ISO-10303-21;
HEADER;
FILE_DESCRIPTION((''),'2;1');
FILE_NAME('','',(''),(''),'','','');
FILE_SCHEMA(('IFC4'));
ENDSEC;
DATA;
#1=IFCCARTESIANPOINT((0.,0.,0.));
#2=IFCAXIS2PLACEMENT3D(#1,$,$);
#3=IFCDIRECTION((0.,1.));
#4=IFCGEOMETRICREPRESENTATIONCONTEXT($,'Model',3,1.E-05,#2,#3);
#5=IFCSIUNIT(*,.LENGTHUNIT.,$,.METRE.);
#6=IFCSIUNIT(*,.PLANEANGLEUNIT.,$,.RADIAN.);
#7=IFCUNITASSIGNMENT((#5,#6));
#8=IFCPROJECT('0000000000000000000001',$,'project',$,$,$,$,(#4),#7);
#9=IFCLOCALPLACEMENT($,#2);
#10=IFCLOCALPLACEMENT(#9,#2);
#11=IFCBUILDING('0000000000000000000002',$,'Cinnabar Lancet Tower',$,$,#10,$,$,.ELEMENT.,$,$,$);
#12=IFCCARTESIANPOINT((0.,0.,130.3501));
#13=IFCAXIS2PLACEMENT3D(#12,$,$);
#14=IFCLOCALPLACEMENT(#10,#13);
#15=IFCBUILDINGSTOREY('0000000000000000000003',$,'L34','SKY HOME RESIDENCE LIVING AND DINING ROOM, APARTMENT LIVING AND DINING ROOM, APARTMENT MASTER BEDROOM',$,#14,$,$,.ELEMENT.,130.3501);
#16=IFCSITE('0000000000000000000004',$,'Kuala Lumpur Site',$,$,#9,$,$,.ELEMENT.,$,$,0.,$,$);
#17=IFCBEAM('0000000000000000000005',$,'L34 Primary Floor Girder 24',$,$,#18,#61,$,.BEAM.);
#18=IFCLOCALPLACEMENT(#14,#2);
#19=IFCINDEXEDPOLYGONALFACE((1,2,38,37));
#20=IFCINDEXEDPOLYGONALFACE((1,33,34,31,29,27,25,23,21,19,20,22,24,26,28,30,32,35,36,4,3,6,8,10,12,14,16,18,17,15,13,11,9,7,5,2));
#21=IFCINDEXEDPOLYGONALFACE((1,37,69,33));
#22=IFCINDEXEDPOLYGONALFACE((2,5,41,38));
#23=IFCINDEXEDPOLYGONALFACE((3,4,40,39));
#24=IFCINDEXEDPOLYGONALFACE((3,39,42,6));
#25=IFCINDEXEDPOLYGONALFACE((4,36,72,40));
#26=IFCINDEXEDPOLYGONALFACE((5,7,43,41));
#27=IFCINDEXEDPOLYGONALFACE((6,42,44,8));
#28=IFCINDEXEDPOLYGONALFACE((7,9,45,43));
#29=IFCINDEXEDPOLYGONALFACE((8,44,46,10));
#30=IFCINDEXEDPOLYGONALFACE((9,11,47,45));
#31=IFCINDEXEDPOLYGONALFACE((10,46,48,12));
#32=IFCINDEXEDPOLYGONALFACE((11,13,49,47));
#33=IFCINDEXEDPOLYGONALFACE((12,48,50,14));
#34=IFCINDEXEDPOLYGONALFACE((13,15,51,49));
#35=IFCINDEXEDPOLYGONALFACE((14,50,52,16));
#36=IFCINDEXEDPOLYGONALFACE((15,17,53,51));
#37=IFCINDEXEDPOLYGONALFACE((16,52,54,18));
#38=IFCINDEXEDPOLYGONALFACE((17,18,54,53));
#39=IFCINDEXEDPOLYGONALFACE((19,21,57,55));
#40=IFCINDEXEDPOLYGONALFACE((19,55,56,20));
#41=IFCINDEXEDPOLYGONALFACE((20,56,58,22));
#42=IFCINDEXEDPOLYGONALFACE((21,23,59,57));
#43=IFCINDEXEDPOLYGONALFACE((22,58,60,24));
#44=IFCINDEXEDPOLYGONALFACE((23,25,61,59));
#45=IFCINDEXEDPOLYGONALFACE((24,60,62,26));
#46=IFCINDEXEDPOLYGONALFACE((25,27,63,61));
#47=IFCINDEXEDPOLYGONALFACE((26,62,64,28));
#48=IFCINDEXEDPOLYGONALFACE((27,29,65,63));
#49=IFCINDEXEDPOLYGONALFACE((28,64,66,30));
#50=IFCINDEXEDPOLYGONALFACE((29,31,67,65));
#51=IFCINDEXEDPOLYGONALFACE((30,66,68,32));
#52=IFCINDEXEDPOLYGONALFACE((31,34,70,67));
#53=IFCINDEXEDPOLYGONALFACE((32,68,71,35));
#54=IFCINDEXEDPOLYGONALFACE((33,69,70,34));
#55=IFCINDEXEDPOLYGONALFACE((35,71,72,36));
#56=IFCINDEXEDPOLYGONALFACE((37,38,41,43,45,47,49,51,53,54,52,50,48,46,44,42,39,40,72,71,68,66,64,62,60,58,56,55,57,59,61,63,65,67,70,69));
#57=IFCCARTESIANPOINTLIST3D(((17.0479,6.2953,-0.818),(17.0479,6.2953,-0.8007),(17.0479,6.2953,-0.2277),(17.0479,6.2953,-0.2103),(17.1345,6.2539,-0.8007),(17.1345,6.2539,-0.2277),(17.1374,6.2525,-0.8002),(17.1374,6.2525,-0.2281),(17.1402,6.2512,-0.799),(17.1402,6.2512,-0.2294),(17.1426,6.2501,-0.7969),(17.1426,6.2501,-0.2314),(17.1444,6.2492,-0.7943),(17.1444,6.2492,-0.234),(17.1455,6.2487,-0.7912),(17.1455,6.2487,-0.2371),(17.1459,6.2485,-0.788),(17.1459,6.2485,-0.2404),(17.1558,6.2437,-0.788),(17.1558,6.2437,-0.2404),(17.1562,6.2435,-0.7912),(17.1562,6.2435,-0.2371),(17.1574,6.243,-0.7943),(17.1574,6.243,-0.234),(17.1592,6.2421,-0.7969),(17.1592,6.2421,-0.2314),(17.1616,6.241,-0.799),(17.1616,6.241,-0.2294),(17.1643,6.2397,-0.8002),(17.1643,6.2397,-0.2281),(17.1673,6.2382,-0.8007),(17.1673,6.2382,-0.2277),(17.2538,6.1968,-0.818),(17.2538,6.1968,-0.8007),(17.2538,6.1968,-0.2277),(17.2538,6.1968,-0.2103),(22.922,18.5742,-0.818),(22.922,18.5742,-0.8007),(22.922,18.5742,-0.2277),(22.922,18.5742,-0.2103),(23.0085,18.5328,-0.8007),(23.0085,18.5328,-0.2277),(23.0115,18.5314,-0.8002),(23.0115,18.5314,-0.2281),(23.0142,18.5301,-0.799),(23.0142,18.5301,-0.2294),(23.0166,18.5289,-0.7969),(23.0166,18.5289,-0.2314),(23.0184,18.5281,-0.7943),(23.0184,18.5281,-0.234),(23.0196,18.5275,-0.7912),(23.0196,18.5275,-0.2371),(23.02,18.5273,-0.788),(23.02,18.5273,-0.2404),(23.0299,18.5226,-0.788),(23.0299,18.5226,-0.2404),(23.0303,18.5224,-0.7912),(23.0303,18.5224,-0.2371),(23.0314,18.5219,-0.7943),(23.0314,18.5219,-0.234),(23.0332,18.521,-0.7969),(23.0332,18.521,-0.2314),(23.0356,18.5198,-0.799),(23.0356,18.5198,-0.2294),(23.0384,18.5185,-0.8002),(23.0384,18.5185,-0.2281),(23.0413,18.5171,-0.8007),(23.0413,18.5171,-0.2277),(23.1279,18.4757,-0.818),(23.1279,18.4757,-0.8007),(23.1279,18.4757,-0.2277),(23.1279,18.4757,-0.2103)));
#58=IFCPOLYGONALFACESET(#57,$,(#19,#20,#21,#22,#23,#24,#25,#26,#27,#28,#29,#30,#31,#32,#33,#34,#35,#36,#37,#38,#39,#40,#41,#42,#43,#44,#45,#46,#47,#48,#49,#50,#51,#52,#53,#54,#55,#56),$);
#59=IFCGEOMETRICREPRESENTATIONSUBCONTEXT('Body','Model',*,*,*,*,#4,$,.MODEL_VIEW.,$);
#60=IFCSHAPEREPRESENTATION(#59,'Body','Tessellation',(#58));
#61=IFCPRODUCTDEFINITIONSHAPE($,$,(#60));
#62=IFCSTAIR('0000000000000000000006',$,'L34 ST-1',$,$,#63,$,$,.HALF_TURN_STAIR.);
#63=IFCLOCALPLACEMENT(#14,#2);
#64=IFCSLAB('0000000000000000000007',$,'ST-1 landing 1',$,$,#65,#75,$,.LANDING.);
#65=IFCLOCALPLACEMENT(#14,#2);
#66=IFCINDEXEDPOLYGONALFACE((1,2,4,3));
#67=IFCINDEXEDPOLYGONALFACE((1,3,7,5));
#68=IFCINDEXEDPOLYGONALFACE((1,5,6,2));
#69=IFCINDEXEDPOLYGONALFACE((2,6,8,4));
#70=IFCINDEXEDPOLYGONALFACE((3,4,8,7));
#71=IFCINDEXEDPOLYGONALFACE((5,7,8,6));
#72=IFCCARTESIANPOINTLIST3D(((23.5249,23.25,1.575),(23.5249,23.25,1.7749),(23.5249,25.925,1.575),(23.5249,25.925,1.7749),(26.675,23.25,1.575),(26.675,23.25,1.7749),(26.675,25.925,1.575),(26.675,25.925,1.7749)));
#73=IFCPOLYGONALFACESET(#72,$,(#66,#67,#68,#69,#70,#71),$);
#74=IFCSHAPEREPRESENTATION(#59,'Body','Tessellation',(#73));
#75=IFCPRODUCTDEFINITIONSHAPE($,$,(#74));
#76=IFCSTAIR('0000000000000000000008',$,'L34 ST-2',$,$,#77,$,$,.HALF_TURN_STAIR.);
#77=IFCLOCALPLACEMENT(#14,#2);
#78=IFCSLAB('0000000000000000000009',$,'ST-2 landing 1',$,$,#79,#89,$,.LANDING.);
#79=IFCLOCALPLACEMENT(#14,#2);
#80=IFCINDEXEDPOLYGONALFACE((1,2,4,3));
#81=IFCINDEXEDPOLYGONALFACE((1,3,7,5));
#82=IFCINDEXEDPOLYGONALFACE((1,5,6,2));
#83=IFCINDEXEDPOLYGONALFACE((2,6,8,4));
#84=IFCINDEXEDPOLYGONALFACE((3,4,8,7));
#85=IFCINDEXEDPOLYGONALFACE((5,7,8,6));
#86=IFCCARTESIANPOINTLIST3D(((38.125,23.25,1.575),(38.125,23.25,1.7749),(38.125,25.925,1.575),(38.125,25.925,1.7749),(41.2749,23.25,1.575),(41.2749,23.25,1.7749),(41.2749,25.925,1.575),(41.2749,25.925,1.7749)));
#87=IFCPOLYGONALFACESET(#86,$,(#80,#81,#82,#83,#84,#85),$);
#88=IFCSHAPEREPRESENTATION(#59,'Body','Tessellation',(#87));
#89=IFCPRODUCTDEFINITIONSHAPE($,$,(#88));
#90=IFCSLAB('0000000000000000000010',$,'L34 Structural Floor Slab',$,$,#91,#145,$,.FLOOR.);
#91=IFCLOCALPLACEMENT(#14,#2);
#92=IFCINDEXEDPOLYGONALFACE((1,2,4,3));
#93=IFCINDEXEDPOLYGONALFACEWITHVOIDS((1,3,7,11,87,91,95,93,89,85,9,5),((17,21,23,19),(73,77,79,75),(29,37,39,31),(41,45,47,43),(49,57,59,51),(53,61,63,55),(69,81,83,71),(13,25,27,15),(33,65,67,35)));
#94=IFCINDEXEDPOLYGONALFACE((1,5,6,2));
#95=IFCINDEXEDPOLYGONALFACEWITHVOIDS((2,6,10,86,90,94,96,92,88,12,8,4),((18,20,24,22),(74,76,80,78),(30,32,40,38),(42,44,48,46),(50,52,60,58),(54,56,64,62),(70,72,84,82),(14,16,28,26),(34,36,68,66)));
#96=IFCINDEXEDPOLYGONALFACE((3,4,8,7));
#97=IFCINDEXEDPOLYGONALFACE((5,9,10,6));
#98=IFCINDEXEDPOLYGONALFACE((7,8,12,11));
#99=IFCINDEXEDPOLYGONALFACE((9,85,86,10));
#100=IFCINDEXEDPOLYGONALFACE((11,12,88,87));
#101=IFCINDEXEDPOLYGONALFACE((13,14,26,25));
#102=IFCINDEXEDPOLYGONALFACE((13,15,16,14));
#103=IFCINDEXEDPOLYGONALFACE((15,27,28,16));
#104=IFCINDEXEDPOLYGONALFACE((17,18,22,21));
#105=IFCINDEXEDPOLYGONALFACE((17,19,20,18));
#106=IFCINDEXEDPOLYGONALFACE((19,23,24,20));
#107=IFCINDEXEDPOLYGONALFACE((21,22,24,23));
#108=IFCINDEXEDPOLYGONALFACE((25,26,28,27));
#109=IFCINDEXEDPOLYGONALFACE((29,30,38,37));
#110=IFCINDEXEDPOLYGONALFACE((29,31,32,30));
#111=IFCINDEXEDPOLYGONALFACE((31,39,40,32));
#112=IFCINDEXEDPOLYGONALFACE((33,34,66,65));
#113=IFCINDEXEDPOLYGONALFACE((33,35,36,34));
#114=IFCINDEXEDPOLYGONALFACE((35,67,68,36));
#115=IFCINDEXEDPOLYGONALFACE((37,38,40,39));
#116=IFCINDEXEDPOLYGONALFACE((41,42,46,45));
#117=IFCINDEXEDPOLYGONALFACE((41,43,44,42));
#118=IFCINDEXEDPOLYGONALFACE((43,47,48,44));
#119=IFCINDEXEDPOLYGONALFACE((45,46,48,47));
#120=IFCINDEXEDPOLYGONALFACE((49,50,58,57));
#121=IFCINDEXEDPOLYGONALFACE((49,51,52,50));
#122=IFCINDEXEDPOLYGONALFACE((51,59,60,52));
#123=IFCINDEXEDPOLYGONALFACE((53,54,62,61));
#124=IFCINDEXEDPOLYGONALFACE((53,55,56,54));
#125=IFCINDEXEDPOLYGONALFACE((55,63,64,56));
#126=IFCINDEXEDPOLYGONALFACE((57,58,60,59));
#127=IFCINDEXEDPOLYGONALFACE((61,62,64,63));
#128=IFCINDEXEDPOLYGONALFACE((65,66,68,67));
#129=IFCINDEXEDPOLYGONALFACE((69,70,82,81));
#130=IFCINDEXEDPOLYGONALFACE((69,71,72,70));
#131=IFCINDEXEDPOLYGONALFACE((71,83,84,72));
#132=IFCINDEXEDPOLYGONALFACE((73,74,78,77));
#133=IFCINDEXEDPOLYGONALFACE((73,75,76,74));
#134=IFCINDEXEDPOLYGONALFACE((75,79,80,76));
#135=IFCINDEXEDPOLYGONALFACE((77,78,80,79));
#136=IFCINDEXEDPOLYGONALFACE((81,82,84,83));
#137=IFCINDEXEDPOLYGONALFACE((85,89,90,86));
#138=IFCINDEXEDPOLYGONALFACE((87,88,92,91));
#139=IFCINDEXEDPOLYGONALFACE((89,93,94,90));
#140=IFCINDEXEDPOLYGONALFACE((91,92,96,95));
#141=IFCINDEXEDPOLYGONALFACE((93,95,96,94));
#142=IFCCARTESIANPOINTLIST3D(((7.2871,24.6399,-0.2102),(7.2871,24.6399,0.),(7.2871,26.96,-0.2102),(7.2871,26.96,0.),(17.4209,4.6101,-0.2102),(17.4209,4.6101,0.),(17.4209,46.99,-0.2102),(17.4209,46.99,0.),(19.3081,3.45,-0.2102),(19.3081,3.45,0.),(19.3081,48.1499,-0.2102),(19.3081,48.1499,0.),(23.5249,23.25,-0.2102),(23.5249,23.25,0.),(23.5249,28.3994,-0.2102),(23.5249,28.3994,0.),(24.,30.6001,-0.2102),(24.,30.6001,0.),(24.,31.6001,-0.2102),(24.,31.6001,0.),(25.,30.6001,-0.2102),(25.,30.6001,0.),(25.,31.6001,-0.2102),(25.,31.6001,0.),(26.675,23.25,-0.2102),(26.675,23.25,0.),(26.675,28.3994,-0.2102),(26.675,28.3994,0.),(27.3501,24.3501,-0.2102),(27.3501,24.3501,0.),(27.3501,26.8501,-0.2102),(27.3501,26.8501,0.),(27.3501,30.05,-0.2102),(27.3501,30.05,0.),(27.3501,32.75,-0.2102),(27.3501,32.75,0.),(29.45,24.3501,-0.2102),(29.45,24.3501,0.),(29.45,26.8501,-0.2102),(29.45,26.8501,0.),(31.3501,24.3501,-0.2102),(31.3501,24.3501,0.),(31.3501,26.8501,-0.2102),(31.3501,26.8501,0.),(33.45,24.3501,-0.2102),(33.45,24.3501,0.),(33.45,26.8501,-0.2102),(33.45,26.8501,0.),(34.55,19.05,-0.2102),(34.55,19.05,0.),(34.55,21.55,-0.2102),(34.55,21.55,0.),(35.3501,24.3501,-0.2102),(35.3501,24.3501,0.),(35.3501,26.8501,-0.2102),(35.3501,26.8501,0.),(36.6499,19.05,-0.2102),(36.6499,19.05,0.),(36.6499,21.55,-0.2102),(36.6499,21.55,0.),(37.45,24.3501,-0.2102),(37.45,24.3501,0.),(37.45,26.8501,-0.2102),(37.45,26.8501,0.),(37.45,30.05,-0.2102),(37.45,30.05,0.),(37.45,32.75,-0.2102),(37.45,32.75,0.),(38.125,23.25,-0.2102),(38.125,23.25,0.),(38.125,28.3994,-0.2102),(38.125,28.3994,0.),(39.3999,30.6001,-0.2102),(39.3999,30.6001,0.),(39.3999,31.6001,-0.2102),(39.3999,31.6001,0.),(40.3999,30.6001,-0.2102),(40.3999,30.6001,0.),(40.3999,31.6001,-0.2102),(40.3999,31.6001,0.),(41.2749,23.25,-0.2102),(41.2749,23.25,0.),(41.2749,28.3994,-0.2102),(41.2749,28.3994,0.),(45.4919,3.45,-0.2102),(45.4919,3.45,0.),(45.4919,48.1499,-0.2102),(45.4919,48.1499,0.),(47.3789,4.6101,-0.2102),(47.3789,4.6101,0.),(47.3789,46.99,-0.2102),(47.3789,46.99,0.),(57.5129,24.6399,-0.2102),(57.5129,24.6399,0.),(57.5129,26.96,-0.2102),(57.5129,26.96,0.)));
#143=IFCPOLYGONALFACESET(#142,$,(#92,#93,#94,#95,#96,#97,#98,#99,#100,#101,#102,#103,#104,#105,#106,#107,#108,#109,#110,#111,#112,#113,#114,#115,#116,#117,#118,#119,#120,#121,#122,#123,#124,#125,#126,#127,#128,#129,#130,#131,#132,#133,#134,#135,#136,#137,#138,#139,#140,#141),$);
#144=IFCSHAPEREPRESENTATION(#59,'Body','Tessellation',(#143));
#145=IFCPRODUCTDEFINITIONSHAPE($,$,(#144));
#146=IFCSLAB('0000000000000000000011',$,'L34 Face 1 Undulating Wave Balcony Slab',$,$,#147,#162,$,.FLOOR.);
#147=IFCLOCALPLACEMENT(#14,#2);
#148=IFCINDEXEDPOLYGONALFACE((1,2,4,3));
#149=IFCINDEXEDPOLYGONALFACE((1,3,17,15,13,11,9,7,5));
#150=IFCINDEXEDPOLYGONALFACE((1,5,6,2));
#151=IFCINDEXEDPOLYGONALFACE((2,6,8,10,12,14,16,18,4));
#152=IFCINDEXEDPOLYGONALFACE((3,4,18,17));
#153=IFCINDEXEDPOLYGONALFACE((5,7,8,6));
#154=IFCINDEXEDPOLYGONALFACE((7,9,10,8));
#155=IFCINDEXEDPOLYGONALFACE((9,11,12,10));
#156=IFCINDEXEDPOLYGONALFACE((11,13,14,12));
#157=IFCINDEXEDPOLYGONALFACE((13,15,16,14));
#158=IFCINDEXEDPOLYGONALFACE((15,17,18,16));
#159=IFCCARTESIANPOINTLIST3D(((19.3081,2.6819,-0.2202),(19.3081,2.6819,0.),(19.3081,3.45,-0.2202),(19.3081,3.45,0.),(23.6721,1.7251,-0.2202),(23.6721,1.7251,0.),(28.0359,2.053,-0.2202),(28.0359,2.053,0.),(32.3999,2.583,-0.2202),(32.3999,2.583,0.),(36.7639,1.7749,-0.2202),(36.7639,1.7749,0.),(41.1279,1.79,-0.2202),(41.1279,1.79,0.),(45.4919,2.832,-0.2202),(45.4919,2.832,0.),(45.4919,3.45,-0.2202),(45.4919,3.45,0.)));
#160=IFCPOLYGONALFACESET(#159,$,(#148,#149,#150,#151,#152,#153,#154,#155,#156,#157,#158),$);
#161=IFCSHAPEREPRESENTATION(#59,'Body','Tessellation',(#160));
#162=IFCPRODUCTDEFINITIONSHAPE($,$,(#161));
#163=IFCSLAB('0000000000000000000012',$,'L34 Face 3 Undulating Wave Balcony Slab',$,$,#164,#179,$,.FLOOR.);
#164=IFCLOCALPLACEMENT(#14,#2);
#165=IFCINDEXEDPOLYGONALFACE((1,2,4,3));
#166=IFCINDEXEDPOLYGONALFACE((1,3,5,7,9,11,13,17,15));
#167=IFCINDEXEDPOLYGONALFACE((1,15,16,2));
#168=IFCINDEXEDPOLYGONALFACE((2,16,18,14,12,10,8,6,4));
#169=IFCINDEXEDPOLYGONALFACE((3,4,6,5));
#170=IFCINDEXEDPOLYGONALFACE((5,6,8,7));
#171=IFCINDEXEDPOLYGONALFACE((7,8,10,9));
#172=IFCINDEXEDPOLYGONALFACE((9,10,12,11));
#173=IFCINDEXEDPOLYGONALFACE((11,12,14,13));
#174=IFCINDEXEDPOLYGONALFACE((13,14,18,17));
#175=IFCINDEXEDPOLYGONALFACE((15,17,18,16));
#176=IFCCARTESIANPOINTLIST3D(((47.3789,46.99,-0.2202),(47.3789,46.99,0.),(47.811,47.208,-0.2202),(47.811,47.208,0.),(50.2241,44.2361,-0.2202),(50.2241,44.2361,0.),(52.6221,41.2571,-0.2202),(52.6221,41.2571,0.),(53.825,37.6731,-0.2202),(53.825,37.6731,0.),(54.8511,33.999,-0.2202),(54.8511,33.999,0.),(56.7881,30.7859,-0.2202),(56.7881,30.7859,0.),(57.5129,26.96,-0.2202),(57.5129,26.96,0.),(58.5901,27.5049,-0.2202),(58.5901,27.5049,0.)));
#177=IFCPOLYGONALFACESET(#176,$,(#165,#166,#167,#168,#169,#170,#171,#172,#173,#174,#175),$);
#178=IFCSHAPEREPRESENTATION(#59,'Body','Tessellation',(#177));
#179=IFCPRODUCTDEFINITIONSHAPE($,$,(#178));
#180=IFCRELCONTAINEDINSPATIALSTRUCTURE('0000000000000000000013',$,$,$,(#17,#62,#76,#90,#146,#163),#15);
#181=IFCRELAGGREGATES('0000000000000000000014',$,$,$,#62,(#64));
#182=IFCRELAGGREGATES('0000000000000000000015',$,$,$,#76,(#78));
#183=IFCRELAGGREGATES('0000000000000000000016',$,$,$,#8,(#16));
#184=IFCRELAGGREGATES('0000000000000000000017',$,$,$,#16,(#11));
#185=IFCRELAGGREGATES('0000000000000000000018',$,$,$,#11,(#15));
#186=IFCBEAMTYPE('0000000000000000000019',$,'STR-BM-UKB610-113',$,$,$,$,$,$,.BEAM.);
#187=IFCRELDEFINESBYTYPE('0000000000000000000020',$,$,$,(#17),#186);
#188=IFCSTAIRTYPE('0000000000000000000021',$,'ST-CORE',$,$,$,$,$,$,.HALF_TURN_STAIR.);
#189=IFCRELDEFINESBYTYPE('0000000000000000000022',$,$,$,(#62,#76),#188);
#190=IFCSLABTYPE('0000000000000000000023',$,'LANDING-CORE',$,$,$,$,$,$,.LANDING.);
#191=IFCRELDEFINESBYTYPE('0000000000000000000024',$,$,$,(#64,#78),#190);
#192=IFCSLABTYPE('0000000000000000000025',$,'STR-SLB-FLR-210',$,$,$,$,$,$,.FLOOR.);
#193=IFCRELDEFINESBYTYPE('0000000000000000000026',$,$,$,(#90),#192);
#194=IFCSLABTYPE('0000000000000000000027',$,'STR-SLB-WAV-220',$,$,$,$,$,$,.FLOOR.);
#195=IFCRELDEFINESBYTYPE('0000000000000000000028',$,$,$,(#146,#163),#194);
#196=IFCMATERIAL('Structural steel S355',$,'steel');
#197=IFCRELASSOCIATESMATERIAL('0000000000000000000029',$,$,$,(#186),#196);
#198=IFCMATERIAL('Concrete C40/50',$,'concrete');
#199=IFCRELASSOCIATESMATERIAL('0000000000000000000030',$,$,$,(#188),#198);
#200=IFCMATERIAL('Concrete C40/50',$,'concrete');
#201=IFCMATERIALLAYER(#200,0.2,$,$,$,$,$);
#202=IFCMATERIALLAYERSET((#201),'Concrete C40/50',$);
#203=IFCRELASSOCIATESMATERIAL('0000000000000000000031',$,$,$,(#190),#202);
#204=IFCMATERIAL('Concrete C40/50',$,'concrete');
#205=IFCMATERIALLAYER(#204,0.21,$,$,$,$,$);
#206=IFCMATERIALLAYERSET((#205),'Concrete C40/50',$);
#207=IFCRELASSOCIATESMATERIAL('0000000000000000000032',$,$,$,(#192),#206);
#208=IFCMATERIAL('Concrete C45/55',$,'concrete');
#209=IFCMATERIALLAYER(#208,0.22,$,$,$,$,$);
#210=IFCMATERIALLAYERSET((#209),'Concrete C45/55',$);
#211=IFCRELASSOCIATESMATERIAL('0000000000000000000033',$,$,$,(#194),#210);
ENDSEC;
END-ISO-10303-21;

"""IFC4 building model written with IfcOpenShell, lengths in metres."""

from ifc_helpers import new_model, si_unit, direction, frame, origin, origin_2d, place, context, subcontext, project, spatial, polyline, i_section, outline, extrude, material, layer, layer_set, material_profile, profile_set, type_object, element, aggregate, save


model = new_model("IFC4")

# Units and contexts
model_context = context("Model", 3, precision=1e-05, world=origin(), true_north=direction((0.0, 1.0)))
body_context = subcontext(model_context, "Body", "Model", "MODEL_VIEW")
ifc_project = project(units=[si_unit("LENGTHUNIT", "METRE"), si_unit("PLANEANGLEUNIT", "RADIAN")], contexts=[model_context])

# Site, building, storey
site_placement = place(None, origin())
site = spatial("IfcSite", under=ifc_project, at=site_placement, Name="Kuala Lumpur Site", CompositionType="ELEMENT", RefElevation=0.0)
building_placement = place(site_placement, origin())
building = spatial("IfcBuilding", under=site, at=building_placement, Name="Cinnabar Lancet Tower", CompositionType="ELEMENT")
storey_placement = place(building_placement, frame((0.0, 0.0, 130.3501)))
storey = spatial("IfcBuildingStorey", under=building, at=storey_placement, Name="L34", Description="SKY HOME RESIDENCE LIVING AND DINING ROOM, APARTMENT LIVING AND DINING ROOM, APARTMENT MASTER BEDROOM", CompositionType="ELEMENT", Elevation=130.3501)

# Beam
ifc_material_1 = material(Name="Structural steel S355", Category="steel")
ifc_material_profile_1 = material_profile(ifc_material_1, i_section(OverallWidth=0.2283, OverallDepth=0.6077, WebThickness=0.011, FlangeThickness=0.0173, FilletRadius=0.0127, at=origin_2d()), Name="UKB 610x229x113")
ifc_profile_set_1 = profile_set([ifc_material_profile_1], Name="Structural steel S355")
beam_type_1 = type_object("IfcBeamType", Name="STR-BM-UKB610-113", PredefinedType="BEAM", material=ifc_profile_set_1)
beam_1_placement = place(storey_placement, frame((17.1509, 6.2461, -0.5142), z_axis=(0.431548, 0.90209, 0.0), x_axis=(-0.90209, 0.431548, 0.0)))
element("IfcBeam", 1, at=beam_1_placement, inside=storey, type_object=beam_type_1, Name="L34 Primary Floor Girder 24", PredefinedType="BEAM", context=body_context, shape_type="SweptSolid", body=[
    extrude(i_section(OverallWidth=0.2283, OverallDepth=0.6077, WebThickness=0.011, FlangeThickness=0.0173, FilletRadius=0.0127, at=origin_2d()), origin(), (0.0, 0.0, 1.0), 13.6116),
])

# Stairs, slabs
ifc_material_2 = material(Name="Concrete C40/50", Category="concrete")
stair_type = type_object("IfcStairType", Name="ST-CORE", PredefinedType="HALF_TURN_STAIR", material=ifc_material_2)
stair_1_placement = place(storey_placement, origin())
stair_1 = element("IfcStair", 2, at=stair_1_placement, inside=storey, type_object=stair_type, Name="L34 ST-1", PredefinedType="HALF_TURN_STAIR")
ifc_material_3 = material(Name="Concrete C40/50", Category="concrete")
ifc_layer_1 = layer(ifc_material_3, 0.2)
ifc_layer_set_1 = layer_set([ifc_layer_1], Name="Concrete C40/50")
slab_type_1 = type_object("IfcSlabType", Name="LANDING-CORE", PredefinedType="LANDING", material=ifc_layer_set_1)
slab_1_placement = place(storey_placement, frame((0.0, 0.0, 1.575)))
slab_1 = element("IfcSlab", 3, at=slab_1_placement, type_object=slab_type_1, Name="ST-1 landing 1", PredefinedType="LANDING", context=body_context, shape_type="SweptSolid", body=[
    extrude(outline(polyline([(23.5249, 25.925), (23.5249, 23.25), (26.675, 23.25), (26.675, 25.925), (23.5249, 25.925)])), origin(), (0.0, 0.0, 1.0), 0.2),
])
aggregate(stair_1, [slab_1])
stair_2_placement = place(storey_placement, origin())
stair_2 = element("IfcStair", 4, at=stair_2_placement, inside=storey, type_object=stair_type, Name="L34 ST-2", PredefinedType="HALF_TURN_STAIR")
slab_2_placement = place(storey_placement, frame((0.0, 0.0, 1.575)))
slab_2 = element("IfcSlab", 5, at=slab_2_placement, type_object=slab_type_1, Name="ST-2 landing 1", PredefinedType="LANDING", context=body_context, shape_type="SweptSolid", body=[
    extrude(outline(polyline([(38.125, 25.925), (38.125, 23.25), (41.2749, 23.25), (41.2749, 25.925), (38.125, 25.925)])), origin(), (0.0, 0.0, 1.0), 0.2),
])
aggregate(stair_2, [slab_2])

# Slabs
ifc_material_4 = material(Name="Concrete C40/50", Category="concrete")
ifc_layer_2 = layer(ifc_material_4, 0.21)
ifc_layer_set_2 = layer_set([ifc_layer_2], Name="Concrete C40/50")
slab_type_2 = type_object("IfcSlabType", Name="STR-SLB-FLR-210", PredefinedType="FLOOR", material=ifc_layer_set_2)
slab_3_placement = place(storey_placement, frame((0.0, 0.0, -0.2102)))
element("IfcSlab", 6, at=slab_3_placement, inside=storey, type_object=slab_type_2, Name="L34 Structural Floor Slab", PredefinedType="FLOOR", context=body_context, shape_type="SweptSolid", body=[
    extrude(outline(polyline([(17.4209, 4.6101), (19.3081, 3.45), (45.4919, 3.45), (47.3789, 4.6101), (57.5129, 24.6399), (57.5129, 26.96), (47.3789, 46.99), (45.4919, 48.1499), (19.3081, 48.1499), (17.4209, 46.99), (7.2871, 26.96), (7.2871, 24.6399), (17.4209, 4.6101)]), holes=[polyline([(23.5249, 23.25), (26.675, 23.25), (26.675, 28.3994), (23.5249, 28.3994), (23.5249, 23.25)]), polyline([(38.125, 23.25), (41.2749, 23.25), (41.2749, 28.3994), (38.125, 28.3994), (38.125, 23.25)]), polyline([(27.3501, 30.05), (37.45, 30.05), (37.45, 32.75), (27.3501, 32.75), (27.3501, 30.05)]), polyline([(34.55, 19.05), (36.6499, 19.05), (36.6499, 21.55), (34.55, 21.55), (34.55, 19.05)]), polyline([(27.3501, 24.3501), (29.45, 24.3501), (29.45, 26.8501), (27.3501, 26.8501), (27.3501, 24.3501)]), polyline([(35.3501, 24.3501), (37.45, 24.3501), (37.45, 26.8501), (35.3501, 26.8501), (35.3501, 24.3501)]), polyline([(31.3501, 24.3501), (33.45, 24.3501), (33.45, 26.8501), (31.3501, 26.8501), (31.3501, 24.3501)]), polyline([(24.0, 30.6001), (25.0, 30.6001), (25.0, 31.6001), (24.0, 31.6001), (24.0, 30.6001)]), polyline([(39.3999, 30.6001), (40.3999, 30.6001), (40.3999, 31.6001), (39.3999, 31.6001), (39.3999, 30.6001)])]), origin(), (0.0, 0.0, 1.0), 0.2102),
])
ifc_material_5 = material(Name="Concrete C45/55", Category="concrete")
ifc_layer_3 = layer(ifc_material_5, 0.22)
ifc_layer_set_3 = layer_set([ifc_layer_3], Name="Concrete C45/55")
slab_type_3 = type_object("IfcSlabType", Name="STR-SLB-WAV-220", PredefinedType="FLOOR", material=ifc_layer_set_3)
slab_4_placement = place(storey_placement, frame((0.0, 0.0, -0.2202)))
element("IfcSlab", 7, at=slab_4_placement, inside=storey, type_object=slab_type_3, Name="L34 Face 1 Undulating Wave Balcony Slab", PredefinedType="FLOOR", context=body_context, shape_type="SweptSolid", body=[
    extrude(outline(polyline([(19.3081, 3.45), (19.3081, 2.6819), (23.6721, 1.7251), (28.0359, 2.053), (32.3999, 2.583), (36.7639, 1.7749), (41.1279, 1.79), (45.4919, 2.832), (45.4919, 3.45), (19.3081, 3.45)])), origin(), (0.0, 0.0, 1.0), 0.2202),
])
slab_5_placement = place(storey_placement, frame((0.0, 0.0, -0.2202)))
element("IfcSlab", 8, at=slab_5_placement, inside=storey, type_object=slab_type_3, Name="L34 Face 3 Undulating Wave Balcony Slab", PredefinedType="FLOOR", context=body_context, shape_type="SweptSolid", body=[
    extrude(outline(polyline([(57.5129, 26.96), (58.5901, 27.5049), (56.7881, 30.7859), (54.8511, 33.999), (53.825, 37.6731), (52.6221, 41.2571), (50.2241, 44.2361), (47.811, 47.208), (47.3789, 46.99), (57.5129, 26.96)])), origin(), (0.0, 0.0, 1.0), 0.2202),
])

save(model, "model.ifc")
